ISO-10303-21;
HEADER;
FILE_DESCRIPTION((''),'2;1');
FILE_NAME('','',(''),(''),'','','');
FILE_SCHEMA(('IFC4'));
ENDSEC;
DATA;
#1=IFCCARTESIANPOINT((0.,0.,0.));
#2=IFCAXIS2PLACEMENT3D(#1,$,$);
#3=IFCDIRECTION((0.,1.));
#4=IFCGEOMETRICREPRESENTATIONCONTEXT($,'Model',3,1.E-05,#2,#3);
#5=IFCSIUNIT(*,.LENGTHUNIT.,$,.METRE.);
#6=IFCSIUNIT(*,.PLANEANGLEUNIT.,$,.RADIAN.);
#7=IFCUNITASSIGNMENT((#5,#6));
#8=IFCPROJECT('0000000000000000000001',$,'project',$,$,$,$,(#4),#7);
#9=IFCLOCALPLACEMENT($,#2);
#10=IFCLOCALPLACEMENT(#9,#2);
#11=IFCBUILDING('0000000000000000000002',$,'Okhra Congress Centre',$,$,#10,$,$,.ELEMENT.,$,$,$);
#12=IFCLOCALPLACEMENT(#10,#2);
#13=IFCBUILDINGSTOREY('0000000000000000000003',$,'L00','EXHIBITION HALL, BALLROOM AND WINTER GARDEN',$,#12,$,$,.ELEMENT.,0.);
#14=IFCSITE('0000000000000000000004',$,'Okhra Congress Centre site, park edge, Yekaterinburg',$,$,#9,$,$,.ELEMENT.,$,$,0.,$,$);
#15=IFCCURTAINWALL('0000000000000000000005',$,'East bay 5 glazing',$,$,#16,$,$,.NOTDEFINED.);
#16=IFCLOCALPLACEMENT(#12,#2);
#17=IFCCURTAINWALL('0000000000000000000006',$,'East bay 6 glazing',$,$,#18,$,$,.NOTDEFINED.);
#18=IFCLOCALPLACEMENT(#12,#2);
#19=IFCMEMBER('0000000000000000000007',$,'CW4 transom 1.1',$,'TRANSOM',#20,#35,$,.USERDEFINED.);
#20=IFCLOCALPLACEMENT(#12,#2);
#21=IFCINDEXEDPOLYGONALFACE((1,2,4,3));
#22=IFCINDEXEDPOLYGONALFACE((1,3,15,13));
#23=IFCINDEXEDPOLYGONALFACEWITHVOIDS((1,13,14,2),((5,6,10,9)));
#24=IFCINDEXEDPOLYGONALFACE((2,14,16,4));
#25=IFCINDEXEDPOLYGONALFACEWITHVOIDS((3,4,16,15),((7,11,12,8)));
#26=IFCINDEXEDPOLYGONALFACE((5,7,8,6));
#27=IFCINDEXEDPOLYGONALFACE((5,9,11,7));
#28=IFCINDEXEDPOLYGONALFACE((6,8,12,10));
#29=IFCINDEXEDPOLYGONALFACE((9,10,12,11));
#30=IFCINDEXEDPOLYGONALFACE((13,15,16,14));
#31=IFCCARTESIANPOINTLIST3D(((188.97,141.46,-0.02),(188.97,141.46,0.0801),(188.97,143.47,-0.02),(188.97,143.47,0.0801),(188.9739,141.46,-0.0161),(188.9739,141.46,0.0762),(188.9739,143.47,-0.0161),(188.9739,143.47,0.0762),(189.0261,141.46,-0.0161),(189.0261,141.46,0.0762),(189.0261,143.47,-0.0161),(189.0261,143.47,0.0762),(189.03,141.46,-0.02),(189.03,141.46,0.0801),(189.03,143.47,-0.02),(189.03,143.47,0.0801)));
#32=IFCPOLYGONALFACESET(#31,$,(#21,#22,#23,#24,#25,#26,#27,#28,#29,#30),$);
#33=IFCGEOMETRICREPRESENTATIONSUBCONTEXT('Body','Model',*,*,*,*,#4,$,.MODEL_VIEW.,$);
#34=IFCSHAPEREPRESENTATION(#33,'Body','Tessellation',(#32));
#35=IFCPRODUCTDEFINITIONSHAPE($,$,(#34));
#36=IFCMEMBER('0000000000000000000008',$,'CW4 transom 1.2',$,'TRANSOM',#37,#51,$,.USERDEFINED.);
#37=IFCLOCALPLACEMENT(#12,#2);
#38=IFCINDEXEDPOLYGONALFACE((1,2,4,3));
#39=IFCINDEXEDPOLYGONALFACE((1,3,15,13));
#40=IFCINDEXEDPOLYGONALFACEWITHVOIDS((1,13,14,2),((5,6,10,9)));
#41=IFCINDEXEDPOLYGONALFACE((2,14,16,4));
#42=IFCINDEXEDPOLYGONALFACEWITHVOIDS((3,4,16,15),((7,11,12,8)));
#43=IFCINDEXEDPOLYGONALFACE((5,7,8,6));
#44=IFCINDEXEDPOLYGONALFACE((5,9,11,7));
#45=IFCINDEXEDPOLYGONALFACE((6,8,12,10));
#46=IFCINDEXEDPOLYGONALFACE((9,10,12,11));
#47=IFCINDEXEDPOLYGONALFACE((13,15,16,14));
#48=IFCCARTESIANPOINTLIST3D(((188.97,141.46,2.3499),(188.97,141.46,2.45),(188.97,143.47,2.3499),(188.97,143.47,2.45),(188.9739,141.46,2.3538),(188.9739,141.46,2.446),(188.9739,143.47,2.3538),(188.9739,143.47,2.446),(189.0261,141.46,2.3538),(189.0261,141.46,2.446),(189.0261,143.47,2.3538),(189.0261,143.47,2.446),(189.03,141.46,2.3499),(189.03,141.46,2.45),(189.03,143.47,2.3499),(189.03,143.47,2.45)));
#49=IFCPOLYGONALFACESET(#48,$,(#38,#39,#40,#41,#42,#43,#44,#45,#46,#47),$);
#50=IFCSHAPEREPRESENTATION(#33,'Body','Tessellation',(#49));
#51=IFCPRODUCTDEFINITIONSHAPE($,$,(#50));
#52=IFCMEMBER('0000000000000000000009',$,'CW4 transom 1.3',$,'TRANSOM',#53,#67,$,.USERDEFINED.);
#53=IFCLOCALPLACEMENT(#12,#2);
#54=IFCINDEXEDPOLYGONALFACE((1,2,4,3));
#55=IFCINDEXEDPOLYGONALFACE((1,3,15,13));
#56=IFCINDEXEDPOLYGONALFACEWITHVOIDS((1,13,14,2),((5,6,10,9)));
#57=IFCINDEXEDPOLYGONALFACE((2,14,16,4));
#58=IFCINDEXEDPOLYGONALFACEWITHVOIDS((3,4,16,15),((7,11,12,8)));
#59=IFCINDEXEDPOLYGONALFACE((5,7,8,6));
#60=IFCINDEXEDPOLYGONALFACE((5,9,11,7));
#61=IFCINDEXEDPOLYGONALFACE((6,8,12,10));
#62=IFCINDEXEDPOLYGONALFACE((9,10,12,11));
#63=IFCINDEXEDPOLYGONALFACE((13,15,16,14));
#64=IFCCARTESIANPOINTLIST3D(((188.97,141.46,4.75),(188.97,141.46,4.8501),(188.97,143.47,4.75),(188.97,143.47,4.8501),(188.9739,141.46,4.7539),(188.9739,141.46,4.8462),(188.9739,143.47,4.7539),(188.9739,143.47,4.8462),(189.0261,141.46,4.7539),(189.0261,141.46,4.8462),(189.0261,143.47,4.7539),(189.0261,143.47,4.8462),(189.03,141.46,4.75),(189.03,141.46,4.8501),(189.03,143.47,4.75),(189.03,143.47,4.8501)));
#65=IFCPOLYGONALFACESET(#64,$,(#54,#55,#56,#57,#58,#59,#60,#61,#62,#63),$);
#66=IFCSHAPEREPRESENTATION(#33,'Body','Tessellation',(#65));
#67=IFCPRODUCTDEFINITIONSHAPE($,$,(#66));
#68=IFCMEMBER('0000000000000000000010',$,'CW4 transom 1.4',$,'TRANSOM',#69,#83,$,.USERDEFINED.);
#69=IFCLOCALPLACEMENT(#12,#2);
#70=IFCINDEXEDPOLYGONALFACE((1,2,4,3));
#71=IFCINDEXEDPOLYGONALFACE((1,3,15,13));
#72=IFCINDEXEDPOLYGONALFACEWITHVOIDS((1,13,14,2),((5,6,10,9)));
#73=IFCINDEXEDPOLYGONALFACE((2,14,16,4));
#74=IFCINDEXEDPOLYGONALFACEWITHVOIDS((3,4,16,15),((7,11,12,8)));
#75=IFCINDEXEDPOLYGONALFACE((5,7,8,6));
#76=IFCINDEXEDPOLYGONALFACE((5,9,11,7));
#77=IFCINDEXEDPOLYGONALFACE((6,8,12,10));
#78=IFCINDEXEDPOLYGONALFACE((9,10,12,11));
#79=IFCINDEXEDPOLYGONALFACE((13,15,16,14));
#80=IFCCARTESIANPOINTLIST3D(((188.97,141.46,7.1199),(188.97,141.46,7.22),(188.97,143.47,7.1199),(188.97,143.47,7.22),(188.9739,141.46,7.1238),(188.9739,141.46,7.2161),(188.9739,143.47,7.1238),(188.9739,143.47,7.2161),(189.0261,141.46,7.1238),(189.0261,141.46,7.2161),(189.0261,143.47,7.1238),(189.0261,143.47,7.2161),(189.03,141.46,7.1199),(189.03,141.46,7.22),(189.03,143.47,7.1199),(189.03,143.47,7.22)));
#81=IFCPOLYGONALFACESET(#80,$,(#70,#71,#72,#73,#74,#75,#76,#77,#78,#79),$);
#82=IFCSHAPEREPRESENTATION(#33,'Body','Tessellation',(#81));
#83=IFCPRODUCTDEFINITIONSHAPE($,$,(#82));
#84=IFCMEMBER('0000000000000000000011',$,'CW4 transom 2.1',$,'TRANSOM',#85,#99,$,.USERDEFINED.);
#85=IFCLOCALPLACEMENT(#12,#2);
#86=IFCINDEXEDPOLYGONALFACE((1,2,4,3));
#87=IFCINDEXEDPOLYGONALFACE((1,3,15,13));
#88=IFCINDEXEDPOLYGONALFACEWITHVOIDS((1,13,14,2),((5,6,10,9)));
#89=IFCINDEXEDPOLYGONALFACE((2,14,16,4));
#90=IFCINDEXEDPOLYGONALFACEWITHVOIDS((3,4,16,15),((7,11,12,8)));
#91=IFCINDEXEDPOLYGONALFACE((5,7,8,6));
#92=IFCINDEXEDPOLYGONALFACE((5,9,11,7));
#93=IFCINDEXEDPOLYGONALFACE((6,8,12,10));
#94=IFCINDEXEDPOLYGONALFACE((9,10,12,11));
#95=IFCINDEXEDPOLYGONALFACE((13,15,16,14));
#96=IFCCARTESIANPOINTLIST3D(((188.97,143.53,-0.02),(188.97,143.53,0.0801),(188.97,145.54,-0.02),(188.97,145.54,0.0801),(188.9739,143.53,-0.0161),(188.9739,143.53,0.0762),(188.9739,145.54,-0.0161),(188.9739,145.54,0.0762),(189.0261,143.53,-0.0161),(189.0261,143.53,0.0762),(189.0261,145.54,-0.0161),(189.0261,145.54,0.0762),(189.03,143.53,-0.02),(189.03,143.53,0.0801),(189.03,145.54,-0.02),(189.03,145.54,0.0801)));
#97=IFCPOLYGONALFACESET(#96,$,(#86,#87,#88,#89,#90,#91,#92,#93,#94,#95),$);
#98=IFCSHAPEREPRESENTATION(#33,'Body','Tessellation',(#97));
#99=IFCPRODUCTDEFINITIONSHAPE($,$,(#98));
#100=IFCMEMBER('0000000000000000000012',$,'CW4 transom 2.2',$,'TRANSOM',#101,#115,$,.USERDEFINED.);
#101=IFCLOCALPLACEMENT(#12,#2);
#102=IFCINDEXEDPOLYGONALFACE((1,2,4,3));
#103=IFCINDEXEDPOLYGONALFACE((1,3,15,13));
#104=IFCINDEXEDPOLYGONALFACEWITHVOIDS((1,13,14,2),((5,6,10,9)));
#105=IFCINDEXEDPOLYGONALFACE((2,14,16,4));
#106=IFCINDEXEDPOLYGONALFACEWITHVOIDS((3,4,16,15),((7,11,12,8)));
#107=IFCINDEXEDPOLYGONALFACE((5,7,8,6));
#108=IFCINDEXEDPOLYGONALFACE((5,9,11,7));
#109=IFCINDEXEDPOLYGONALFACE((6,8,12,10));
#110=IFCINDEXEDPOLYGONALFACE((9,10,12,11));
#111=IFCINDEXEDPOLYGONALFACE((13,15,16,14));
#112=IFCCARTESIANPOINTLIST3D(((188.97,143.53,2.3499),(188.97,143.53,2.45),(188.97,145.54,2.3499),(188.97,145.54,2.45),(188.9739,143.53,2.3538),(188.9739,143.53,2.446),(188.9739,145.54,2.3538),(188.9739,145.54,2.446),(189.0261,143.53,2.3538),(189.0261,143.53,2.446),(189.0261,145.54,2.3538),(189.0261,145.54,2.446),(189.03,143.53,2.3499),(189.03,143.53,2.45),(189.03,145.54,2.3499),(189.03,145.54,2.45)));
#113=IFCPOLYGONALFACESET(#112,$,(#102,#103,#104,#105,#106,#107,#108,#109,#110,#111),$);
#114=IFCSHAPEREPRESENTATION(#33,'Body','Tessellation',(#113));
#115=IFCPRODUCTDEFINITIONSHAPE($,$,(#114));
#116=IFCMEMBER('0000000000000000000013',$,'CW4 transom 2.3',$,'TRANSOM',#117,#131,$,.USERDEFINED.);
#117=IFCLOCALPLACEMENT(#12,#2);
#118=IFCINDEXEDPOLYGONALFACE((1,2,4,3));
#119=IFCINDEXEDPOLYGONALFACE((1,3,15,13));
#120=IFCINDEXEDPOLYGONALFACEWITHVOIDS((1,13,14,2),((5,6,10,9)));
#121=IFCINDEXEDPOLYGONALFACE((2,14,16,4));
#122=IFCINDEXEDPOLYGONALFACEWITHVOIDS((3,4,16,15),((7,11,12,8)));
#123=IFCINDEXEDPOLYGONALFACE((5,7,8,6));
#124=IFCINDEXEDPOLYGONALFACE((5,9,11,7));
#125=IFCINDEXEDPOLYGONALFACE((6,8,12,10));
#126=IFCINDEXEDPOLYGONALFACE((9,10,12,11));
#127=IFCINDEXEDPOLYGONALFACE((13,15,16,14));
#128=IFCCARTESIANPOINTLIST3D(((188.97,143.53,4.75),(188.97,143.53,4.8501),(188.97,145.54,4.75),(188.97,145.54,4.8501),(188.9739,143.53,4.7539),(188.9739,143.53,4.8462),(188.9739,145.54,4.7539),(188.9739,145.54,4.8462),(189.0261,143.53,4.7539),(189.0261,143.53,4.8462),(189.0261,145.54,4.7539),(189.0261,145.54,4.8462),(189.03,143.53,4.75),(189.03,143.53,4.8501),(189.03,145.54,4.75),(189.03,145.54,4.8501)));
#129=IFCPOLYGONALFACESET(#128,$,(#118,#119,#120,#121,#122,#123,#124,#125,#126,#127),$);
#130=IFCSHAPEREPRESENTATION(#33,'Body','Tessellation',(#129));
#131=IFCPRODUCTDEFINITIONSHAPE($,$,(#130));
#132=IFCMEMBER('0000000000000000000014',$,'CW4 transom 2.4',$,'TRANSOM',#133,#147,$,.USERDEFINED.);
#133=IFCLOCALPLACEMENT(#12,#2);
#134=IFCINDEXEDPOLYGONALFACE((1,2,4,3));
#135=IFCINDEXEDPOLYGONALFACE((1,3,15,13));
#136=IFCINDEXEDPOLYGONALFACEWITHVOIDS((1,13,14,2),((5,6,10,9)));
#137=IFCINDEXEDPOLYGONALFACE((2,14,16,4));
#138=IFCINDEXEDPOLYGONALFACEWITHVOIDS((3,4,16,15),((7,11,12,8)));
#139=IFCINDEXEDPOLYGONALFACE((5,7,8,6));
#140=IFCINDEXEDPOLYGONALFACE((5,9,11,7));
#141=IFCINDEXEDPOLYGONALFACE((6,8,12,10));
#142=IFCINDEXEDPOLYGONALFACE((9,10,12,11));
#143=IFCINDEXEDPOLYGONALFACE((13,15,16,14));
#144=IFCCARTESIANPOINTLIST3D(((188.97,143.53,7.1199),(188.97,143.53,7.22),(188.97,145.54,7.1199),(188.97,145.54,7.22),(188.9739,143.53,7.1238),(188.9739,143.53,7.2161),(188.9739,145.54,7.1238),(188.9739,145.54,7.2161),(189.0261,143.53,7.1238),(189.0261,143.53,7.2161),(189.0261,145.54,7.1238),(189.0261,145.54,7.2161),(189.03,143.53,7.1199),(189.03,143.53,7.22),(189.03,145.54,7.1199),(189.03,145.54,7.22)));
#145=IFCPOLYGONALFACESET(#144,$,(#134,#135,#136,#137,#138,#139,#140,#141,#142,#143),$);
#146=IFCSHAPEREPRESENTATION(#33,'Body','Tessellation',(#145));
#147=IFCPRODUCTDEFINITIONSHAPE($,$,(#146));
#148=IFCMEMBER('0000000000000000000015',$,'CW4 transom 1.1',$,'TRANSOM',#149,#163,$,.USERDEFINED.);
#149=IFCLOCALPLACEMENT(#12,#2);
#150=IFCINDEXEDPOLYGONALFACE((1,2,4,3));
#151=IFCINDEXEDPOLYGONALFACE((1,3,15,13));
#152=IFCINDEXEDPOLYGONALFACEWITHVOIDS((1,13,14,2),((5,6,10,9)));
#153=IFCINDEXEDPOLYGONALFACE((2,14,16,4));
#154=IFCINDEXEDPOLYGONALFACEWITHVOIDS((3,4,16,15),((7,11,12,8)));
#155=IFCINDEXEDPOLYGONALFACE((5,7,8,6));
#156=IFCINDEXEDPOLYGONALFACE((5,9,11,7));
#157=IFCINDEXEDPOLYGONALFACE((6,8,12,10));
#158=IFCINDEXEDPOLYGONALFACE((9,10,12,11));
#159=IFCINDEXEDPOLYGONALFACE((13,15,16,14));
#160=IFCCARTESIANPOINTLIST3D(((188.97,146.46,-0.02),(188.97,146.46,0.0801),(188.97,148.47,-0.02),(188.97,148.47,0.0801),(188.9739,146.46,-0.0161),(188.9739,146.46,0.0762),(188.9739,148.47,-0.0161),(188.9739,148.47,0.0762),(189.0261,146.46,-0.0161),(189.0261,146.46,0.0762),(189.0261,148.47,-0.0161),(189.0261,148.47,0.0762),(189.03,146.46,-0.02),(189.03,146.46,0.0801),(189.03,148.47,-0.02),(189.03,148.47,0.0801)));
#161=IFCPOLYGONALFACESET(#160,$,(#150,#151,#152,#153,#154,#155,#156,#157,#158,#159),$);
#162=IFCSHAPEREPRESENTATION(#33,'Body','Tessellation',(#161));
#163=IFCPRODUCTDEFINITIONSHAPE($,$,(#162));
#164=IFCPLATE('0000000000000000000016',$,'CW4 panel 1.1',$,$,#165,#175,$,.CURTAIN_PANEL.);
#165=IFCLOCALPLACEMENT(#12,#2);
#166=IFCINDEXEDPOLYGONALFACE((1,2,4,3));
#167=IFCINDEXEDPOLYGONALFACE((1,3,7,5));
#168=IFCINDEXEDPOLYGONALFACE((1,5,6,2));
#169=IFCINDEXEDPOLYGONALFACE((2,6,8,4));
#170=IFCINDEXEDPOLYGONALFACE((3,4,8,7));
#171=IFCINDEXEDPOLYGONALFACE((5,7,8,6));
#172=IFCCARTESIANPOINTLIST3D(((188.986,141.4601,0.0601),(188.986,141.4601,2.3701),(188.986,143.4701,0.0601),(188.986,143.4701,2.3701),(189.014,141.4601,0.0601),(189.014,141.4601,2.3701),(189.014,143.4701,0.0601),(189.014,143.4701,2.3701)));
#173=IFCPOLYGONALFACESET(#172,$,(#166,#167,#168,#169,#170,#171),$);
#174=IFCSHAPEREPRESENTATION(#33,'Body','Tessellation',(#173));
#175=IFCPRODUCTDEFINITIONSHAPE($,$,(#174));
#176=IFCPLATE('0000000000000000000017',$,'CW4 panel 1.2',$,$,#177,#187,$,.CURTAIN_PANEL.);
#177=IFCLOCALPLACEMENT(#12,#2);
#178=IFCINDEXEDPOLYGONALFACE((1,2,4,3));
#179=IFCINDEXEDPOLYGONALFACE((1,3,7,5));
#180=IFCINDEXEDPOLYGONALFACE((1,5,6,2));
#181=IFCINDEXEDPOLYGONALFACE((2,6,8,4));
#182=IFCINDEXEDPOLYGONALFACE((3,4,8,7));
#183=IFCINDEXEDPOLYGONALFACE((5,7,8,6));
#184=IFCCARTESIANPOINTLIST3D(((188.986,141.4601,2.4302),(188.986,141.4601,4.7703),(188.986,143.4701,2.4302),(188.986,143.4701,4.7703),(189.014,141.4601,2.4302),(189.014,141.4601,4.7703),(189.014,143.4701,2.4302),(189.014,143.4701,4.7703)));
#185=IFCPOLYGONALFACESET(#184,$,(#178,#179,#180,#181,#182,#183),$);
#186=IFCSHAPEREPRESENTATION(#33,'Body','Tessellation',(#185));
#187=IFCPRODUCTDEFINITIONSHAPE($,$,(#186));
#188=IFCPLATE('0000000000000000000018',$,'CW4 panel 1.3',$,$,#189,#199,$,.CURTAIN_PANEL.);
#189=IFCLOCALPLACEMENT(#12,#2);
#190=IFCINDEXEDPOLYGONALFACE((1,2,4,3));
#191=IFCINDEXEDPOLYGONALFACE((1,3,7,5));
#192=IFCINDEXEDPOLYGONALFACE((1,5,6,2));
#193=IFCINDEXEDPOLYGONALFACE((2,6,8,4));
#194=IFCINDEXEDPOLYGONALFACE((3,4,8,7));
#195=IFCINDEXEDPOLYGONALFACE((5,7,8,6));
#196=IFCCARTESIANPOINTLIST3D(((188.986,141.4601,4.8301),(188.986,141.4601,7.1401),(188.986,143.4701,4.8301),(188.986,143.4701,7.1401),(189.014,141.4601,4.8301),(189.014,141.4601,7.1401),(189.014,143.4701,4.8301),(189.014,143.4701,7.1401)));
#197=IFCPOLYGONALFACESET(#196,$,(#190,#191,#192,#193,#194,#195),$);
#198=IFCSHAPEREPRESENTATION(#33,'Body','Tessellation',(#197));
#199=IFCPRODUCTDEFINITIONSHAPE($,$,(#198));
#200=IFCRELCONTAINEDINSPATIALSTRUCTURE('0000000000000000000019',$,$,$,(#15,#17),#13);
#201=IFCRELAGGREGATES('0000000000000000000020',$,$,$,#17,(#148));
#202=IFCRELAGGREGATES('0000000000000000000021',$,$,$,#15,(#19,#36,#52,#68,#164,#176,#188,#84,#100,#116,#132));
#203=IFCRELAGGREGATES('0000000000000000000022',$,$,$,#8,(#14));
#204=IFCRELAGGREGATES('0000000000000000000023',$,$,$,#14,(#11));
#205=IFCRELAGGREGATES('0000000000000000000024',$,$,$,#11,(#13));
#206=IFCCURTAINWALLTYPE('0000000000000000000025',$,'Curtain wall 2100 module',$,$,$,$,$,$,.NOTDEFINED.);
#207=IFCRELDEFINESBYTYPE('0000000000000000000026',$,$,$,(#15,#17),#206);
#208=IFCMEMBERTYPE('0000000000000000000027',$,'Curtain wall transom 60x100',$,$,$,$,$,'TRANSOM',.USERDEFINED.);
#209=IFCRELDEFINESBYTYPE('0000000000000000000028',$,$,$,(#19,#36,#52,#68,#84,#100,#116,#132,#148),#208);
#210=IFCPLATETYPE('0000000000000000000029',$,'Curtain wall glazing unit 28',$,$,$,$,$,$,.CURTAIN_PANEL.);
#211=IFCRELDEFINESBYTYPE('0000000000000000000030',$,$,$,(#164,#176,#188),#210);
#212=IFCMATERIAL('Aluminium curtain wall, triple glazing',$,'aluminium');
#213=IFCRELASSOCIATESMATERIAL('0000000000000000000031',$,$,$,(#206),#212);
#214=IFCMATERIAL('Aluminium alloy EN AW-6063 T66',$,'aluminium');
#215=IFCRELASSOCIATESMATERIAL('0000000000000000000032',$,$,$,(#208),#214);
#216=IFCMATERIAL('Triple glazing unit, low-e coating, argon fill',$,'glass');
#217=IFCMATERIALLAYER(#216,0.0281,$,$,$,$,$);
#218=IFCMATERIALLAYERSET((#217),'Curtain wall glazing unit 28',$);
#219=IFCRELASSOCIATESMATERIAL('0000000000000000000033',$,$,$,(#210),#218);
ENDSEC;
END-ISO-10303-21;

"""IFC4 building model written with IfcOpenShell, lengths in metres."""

from ifc_helpers import new_model, si_unit, direction, frame, origin, origin_2d, place, context, subcontext, project, spatial, rectangle, hollow_rectangle, extrude, material, layer, layer_set, material_profile, profile_set, type_object, element, aggregate, save


model = new_model("IFC4")

# Units and contexts
model_context = context("Model", 3, precision=1e-05, world=origin(), true_north=direction((0.0, 1.0)))
body_context = subcontext(model_context, "Body", "Model", "MODEL_VIEW")
ifc_project = project(units=[si_unit("LENGTHUNIT", "METRE"), si_unit("PLANEANGLEUNIT", "RADIAN")], contexts=[model_context])

# Site, building, storey
site_placement = place(None, origin())
site = spatial("IfcSite", under=ifc_project, at=site_placement, Name="Okhra Congress Centre site, park edge, Yekaterinburg", CompositionType="ELEMENT", RefElevation=0.0)
building_placement = place(site_placement, origin())
building = spatial("IfcBuilding", under=site, at=building_placement, Name="Okhra Congress Centre", CompositionType="ELEMENT")
storey_placement = place(building_placement, origin())
storey = spatial("IfcBuildingStorey", under=building, at=storey_placement, Name="L00", Description="EXHIBITION HALL, BALLROOM AND WINTER GARDEN", CompositionType="ELEMENT", Elevation=0.0)

# Curtain wall
ifc_material_1 = material(Name="Aluminium curtain wall, triple glazing", Category="aluminium")
curtain_wall_type = type_object("IfcCurtainWallType", Name="Curtain wall 2100 module", PredefinedType="NOTDEFINED", material=ifc_material_1)
curtain_wall_1_placement = place(storey_placement, origin())
curtain_wall_1 = element("IfcCurtainWall", 1, at=curtain_wall_1_placement, inside=storey, type_object=curtain_wall_type, Name="East bay 5 glazing", PredefinedType="NOTDEFINED")
ifc_material_2 = material(Name="Aluminium alloy EN AW-6063 T66", Category="aluminium")

# Curtain wall
curtain_wall_2_placement = place(storey_placement, origin())
curtain_wall_2 = element("IfcCurtainWall", 2, at=curtain_wall_2_placement, inside=storey, type_object=curtain_wall_type, Name="East bay 6 glazing", PredefinedType="NOTDEFINED")

# Members
ifc_material_profile_1 = material_profile(ifc_material_2, hollow_rectangle(XDim=0.0601, YDim=0.1001, WallThickness=0.0039, at=origin_2d()), Name="RHS 60x100x4")
ifc_profile_set_1 = profile_set([ifc_material_profile_1], Name="Aluminium alloy EN AW-6063 T66")
member_type_1 = type_object("IfcMemberType", Name="Curtain wall transom 60x100", ElementType="TRANSOM", PredefinedType="USERDEFINED", material=ifc_profile_set_1)
member_1_placement = place(storey_placement, frame((189.0, 141.46, 0.03), z_axis=(0.0, 1.0, 0.0), x_axis=(-1.0, 0.0, 0.0)))
member_1 = element("IfcMember", 3, at=member_1_placement, type_object=member_type_1, Name="CW4 transom 1.1", ObjectType="TRANSOM", PredefinedType="USERDEFINED", context=body_context, shape_type="SweptSolid", body=[
    extrude(hollow_rectangle(XDim=0.0601, YDim=0.1001, WallThickness=0.0039, at=origin_2d()), origin(), (0.0, 0.0, 1.0), 2.01),
])
member_2_placement = place(storey_placement, frame((189.0, 141.46, 2.3999), z_axis=(0.0, 1.0, 0.0), x_axis=(-1.0, 0.0, 0.0)))
member_2 = element("IfcMember", 4, at=member_2_placement, type_object=member_type_1, Name="CW4 transom 1.2", ObjectType="TRANSOM", PredefinedType="USERDEFINED", context=body_context, shape_type="SweptSolid", body=[
    extrude(hollow_rectangle(XDim=0.0601, YDim=0.1001, WallThickness=0.0039, at=origin_2d()), origin(), (0.0, 0.0, 1.0), 2.01),
])
member_3_placement = place(storey_placement, frame((189.0, 141.46, 4.8), z_axis=(0.0, 1.0, 0.0), x_axis=(-1.0, 0.0, 0.0)))
member_3 = element("IfcMember", 5, at=member_3_placement, type_object=member_type_1, Name="CW4 transom 1.3", ObjectType="TRANSOM", PredefinedType="USERDEFINED", context=body_context, shape_type="SweptSolid", body=[
    extrude(hollow_rectangle(XDim=0.0601, YDim=0.1001, WallThickness=0.0039, at=origin_2d()), origin(), (0.0, 0.0, 1.0), 2.01),
])
member_4_placement = place(storey_placement, frame((189.0, 141.46, 7.1699), z_axis=(0.0, 1.0, 0.0), x_axis=(-1.0, 0.0, 0.0)))
member_4 = element("IfcMember", 6, at=member_4_placement, type_object=member_type_1, Name="CW4 transom 1.4", ObjectType="TRANSOM", PredefinedType="USERDEFINED", context=body_context, shape_type="SweptSolid", body=[
    extrude(hollow_rectangle(XDim=0.0601, YDim=0.1001, WallThickness=0.0039, at=origin_2d()), origin(), (0.0, 0.0, 1.0), 2.01),
])
member_5_placement = place(storey_placement, frame((189.0, 143.53, 0.03), z_axis=(0.0, 1.0, 0.0), x_axis=(-1.0, 0.0, 0.0)))
member_5 = element("IfcMember", 7, at=member_5_placement, type_object=member_type_1, Name="CW4 transom 2.1", ObjectType="TRANSOM", PredefinedType="USERDEFINED", context=body_context, shape_type="SweptSolid", body=[
    extrude(hollow_rectangle(XDim=0.0601, YDim=0.1001, WallThickness=0.0039, at=origin_2d()), origin(), (0.0, 0.0, 1.0), 2.01),
])
member_6_placement = place(storey_placement, frame((189.0, 143.53, 2.3999), z_axis=(0.0, 1.0, 0.0), x_axis=(-1.0, 0.0, 0.0)))
member_6 = element("IfcMember", 8, at=member_6_placement, type_object=member_type_1, Name="CW4 transom 2.2", ObjectType="TRANSOM", PredefinedType="USERDEFINED", context=body_context, shape_type="SweptSolid", body=[
    extrude(hollow_rectangle(XDim=0.0601, YDim=0.1001, WallThickness=0.0039, at=origin_2d()), origin(), (0.0, 0.0, 1.0), 2.01),
])
member_7_placement = place(storey_placement, frame((189.0, 143.53, 4.8), z_axis=(0.0, 1.0, 0.0), x_axis=(-1.0, 0.0, 0.0)))
member_7 = element("IfcMember", 9, at=member_7_placement, type_object=member_type_1, Name="CW4 transom 2.3", ObjectType="TRANSOM", PredefinedType="USERDEFINED", context=body_context, shape_type="SweptSolid", body=[
    extrude(hollow_rectangle(XDim=0.0601, YDim=0.1001, WallThickness=0.0039, at=origin_2d()), origin(), (0.0, 0.0, 1.0), 2.01),
])
member_8_placement = place(storey_placement, frame((189.0, 143.53, 7.1699), z_axis=(0.0, 1.0, 0.0), x_axis=(-1.0, 0.0, 0.0)))
member_8 = element("IfcMember", 10, at=member_8_placement, type_object=member_type_1, Name="CW4 transom 2.4", ObjectType="TRANSOM", PredefinedType="USERDEFINED", context=body_context, shape_type="SweptSolid", body=[
    extrude(hollow_rectangle(XDim=0.0601, YDim=0.1001, WallThickness=0.0039, at=origin_2d()), origin(), (0.0, 0.0, 1.0), 2.01),
])
member_9_placement = place(storey_placement, frame((189.0, 146.46, 0.03), z_axis=(0.0, 1.0, 0.0), x_axis=(-1.0, 0.0, 0.0)))
member_9 = element("IfcMember", 11, at=member_9_placement, type_object=member_type_1, Name="CW4 transom 1.1", ObjectType="TRANSOM", PredefinedType="USERDEFINED", context=body_context, shape_type="SweptSolid", body=[
    extrude(hollow_rectangle(XDim=0.0601, YDim=0.1001, WallThickness=0.0039, at=origin_2d()), origin(), (0.0, 0.0, 1.0), 2.01),
])
aggregate(curtain_wall_2, [member_9])

# Plates
ifc_material_3 = material(Name="Triple glazing unit, low-e coating, argon fill", Category="glass")
ifc_layer = layer(ifc_material_3, 0.0281)
ifc_layer_set = layer_set([ifc_layer], Name="Curtain wall glazing unit 28")
plate_type = type_object("IfcPlateType", Name="Curtain wall glazing unit 28", PredefinedType="CURTAIN_PANEL", material=ifc_layer_set)
plate_1_placement = place(storey_placement, frame((189.0, 142.4651, 0.0601), z_axis=(0.0, 0.0, 1.0), x_axis=(0.0, 1.0, 0.0)))
plate_1 = element("IfcPlate", 12, at=plate_1_placement, type_object=plate_type, Name="CW4 panel 1.1", PredefinedType="CURTAIN_PANEL", context=body_context, shape_type="SweptSolid", body=[
    extrude(rectangle(XDim=2.01, YDim=0.0281, at=origin_2d()), origin(), (0.0, 0.0, 1.0), 2.3101),
])
plate_2_placement = place(storey_placement, frame((189.0, 142.4651, 2.4302), z_axis=(0.0, 0.0, 1.0), x_axis=(0.0, 1.0, 0.0)))
plate_2 = element("IfcPlate", 13, at=plate_2_placement, type_object=plate_type, Name="CW4 panel 1.2", PredefinedType="CURTAIN_PANEL", context=body_context, shape_type="SweptSolid", body=[
    extrude(rectangle(XDim=2.01, YDim=0.0281, at=origin_2d()), origin(), (0.0, 0.0, 1.0), 2.3401),
])
plate_3_placement = place(storey_placement, frame((189.0, 142.4651, 4.8301), z_axis=(0.0, 0.0, 1.0), x_axis=(0.0, 1.0, 0.0)))
plate_3 = element("IfcPlate", 14, at=plate_3_placement, type_object=plate_type, Name="CW4 panel 1.3", PredefinedType="CURTAIN_PANEL", context=body_context, shape_type="SweptSolid", body=[
    extrude(rectangle(XDim=2.01, YDim=0.0281, at=origin_2d()), origin(), (0.0, 0.0, 1.0), 2.3101),
])
aggregate(curtain_wall_1, [member_1, member_2, member_3, member_4, plate_1, plate_2, plate_3, member_5, member_6, member_7, member_8])

save(model, "model.ifc")
